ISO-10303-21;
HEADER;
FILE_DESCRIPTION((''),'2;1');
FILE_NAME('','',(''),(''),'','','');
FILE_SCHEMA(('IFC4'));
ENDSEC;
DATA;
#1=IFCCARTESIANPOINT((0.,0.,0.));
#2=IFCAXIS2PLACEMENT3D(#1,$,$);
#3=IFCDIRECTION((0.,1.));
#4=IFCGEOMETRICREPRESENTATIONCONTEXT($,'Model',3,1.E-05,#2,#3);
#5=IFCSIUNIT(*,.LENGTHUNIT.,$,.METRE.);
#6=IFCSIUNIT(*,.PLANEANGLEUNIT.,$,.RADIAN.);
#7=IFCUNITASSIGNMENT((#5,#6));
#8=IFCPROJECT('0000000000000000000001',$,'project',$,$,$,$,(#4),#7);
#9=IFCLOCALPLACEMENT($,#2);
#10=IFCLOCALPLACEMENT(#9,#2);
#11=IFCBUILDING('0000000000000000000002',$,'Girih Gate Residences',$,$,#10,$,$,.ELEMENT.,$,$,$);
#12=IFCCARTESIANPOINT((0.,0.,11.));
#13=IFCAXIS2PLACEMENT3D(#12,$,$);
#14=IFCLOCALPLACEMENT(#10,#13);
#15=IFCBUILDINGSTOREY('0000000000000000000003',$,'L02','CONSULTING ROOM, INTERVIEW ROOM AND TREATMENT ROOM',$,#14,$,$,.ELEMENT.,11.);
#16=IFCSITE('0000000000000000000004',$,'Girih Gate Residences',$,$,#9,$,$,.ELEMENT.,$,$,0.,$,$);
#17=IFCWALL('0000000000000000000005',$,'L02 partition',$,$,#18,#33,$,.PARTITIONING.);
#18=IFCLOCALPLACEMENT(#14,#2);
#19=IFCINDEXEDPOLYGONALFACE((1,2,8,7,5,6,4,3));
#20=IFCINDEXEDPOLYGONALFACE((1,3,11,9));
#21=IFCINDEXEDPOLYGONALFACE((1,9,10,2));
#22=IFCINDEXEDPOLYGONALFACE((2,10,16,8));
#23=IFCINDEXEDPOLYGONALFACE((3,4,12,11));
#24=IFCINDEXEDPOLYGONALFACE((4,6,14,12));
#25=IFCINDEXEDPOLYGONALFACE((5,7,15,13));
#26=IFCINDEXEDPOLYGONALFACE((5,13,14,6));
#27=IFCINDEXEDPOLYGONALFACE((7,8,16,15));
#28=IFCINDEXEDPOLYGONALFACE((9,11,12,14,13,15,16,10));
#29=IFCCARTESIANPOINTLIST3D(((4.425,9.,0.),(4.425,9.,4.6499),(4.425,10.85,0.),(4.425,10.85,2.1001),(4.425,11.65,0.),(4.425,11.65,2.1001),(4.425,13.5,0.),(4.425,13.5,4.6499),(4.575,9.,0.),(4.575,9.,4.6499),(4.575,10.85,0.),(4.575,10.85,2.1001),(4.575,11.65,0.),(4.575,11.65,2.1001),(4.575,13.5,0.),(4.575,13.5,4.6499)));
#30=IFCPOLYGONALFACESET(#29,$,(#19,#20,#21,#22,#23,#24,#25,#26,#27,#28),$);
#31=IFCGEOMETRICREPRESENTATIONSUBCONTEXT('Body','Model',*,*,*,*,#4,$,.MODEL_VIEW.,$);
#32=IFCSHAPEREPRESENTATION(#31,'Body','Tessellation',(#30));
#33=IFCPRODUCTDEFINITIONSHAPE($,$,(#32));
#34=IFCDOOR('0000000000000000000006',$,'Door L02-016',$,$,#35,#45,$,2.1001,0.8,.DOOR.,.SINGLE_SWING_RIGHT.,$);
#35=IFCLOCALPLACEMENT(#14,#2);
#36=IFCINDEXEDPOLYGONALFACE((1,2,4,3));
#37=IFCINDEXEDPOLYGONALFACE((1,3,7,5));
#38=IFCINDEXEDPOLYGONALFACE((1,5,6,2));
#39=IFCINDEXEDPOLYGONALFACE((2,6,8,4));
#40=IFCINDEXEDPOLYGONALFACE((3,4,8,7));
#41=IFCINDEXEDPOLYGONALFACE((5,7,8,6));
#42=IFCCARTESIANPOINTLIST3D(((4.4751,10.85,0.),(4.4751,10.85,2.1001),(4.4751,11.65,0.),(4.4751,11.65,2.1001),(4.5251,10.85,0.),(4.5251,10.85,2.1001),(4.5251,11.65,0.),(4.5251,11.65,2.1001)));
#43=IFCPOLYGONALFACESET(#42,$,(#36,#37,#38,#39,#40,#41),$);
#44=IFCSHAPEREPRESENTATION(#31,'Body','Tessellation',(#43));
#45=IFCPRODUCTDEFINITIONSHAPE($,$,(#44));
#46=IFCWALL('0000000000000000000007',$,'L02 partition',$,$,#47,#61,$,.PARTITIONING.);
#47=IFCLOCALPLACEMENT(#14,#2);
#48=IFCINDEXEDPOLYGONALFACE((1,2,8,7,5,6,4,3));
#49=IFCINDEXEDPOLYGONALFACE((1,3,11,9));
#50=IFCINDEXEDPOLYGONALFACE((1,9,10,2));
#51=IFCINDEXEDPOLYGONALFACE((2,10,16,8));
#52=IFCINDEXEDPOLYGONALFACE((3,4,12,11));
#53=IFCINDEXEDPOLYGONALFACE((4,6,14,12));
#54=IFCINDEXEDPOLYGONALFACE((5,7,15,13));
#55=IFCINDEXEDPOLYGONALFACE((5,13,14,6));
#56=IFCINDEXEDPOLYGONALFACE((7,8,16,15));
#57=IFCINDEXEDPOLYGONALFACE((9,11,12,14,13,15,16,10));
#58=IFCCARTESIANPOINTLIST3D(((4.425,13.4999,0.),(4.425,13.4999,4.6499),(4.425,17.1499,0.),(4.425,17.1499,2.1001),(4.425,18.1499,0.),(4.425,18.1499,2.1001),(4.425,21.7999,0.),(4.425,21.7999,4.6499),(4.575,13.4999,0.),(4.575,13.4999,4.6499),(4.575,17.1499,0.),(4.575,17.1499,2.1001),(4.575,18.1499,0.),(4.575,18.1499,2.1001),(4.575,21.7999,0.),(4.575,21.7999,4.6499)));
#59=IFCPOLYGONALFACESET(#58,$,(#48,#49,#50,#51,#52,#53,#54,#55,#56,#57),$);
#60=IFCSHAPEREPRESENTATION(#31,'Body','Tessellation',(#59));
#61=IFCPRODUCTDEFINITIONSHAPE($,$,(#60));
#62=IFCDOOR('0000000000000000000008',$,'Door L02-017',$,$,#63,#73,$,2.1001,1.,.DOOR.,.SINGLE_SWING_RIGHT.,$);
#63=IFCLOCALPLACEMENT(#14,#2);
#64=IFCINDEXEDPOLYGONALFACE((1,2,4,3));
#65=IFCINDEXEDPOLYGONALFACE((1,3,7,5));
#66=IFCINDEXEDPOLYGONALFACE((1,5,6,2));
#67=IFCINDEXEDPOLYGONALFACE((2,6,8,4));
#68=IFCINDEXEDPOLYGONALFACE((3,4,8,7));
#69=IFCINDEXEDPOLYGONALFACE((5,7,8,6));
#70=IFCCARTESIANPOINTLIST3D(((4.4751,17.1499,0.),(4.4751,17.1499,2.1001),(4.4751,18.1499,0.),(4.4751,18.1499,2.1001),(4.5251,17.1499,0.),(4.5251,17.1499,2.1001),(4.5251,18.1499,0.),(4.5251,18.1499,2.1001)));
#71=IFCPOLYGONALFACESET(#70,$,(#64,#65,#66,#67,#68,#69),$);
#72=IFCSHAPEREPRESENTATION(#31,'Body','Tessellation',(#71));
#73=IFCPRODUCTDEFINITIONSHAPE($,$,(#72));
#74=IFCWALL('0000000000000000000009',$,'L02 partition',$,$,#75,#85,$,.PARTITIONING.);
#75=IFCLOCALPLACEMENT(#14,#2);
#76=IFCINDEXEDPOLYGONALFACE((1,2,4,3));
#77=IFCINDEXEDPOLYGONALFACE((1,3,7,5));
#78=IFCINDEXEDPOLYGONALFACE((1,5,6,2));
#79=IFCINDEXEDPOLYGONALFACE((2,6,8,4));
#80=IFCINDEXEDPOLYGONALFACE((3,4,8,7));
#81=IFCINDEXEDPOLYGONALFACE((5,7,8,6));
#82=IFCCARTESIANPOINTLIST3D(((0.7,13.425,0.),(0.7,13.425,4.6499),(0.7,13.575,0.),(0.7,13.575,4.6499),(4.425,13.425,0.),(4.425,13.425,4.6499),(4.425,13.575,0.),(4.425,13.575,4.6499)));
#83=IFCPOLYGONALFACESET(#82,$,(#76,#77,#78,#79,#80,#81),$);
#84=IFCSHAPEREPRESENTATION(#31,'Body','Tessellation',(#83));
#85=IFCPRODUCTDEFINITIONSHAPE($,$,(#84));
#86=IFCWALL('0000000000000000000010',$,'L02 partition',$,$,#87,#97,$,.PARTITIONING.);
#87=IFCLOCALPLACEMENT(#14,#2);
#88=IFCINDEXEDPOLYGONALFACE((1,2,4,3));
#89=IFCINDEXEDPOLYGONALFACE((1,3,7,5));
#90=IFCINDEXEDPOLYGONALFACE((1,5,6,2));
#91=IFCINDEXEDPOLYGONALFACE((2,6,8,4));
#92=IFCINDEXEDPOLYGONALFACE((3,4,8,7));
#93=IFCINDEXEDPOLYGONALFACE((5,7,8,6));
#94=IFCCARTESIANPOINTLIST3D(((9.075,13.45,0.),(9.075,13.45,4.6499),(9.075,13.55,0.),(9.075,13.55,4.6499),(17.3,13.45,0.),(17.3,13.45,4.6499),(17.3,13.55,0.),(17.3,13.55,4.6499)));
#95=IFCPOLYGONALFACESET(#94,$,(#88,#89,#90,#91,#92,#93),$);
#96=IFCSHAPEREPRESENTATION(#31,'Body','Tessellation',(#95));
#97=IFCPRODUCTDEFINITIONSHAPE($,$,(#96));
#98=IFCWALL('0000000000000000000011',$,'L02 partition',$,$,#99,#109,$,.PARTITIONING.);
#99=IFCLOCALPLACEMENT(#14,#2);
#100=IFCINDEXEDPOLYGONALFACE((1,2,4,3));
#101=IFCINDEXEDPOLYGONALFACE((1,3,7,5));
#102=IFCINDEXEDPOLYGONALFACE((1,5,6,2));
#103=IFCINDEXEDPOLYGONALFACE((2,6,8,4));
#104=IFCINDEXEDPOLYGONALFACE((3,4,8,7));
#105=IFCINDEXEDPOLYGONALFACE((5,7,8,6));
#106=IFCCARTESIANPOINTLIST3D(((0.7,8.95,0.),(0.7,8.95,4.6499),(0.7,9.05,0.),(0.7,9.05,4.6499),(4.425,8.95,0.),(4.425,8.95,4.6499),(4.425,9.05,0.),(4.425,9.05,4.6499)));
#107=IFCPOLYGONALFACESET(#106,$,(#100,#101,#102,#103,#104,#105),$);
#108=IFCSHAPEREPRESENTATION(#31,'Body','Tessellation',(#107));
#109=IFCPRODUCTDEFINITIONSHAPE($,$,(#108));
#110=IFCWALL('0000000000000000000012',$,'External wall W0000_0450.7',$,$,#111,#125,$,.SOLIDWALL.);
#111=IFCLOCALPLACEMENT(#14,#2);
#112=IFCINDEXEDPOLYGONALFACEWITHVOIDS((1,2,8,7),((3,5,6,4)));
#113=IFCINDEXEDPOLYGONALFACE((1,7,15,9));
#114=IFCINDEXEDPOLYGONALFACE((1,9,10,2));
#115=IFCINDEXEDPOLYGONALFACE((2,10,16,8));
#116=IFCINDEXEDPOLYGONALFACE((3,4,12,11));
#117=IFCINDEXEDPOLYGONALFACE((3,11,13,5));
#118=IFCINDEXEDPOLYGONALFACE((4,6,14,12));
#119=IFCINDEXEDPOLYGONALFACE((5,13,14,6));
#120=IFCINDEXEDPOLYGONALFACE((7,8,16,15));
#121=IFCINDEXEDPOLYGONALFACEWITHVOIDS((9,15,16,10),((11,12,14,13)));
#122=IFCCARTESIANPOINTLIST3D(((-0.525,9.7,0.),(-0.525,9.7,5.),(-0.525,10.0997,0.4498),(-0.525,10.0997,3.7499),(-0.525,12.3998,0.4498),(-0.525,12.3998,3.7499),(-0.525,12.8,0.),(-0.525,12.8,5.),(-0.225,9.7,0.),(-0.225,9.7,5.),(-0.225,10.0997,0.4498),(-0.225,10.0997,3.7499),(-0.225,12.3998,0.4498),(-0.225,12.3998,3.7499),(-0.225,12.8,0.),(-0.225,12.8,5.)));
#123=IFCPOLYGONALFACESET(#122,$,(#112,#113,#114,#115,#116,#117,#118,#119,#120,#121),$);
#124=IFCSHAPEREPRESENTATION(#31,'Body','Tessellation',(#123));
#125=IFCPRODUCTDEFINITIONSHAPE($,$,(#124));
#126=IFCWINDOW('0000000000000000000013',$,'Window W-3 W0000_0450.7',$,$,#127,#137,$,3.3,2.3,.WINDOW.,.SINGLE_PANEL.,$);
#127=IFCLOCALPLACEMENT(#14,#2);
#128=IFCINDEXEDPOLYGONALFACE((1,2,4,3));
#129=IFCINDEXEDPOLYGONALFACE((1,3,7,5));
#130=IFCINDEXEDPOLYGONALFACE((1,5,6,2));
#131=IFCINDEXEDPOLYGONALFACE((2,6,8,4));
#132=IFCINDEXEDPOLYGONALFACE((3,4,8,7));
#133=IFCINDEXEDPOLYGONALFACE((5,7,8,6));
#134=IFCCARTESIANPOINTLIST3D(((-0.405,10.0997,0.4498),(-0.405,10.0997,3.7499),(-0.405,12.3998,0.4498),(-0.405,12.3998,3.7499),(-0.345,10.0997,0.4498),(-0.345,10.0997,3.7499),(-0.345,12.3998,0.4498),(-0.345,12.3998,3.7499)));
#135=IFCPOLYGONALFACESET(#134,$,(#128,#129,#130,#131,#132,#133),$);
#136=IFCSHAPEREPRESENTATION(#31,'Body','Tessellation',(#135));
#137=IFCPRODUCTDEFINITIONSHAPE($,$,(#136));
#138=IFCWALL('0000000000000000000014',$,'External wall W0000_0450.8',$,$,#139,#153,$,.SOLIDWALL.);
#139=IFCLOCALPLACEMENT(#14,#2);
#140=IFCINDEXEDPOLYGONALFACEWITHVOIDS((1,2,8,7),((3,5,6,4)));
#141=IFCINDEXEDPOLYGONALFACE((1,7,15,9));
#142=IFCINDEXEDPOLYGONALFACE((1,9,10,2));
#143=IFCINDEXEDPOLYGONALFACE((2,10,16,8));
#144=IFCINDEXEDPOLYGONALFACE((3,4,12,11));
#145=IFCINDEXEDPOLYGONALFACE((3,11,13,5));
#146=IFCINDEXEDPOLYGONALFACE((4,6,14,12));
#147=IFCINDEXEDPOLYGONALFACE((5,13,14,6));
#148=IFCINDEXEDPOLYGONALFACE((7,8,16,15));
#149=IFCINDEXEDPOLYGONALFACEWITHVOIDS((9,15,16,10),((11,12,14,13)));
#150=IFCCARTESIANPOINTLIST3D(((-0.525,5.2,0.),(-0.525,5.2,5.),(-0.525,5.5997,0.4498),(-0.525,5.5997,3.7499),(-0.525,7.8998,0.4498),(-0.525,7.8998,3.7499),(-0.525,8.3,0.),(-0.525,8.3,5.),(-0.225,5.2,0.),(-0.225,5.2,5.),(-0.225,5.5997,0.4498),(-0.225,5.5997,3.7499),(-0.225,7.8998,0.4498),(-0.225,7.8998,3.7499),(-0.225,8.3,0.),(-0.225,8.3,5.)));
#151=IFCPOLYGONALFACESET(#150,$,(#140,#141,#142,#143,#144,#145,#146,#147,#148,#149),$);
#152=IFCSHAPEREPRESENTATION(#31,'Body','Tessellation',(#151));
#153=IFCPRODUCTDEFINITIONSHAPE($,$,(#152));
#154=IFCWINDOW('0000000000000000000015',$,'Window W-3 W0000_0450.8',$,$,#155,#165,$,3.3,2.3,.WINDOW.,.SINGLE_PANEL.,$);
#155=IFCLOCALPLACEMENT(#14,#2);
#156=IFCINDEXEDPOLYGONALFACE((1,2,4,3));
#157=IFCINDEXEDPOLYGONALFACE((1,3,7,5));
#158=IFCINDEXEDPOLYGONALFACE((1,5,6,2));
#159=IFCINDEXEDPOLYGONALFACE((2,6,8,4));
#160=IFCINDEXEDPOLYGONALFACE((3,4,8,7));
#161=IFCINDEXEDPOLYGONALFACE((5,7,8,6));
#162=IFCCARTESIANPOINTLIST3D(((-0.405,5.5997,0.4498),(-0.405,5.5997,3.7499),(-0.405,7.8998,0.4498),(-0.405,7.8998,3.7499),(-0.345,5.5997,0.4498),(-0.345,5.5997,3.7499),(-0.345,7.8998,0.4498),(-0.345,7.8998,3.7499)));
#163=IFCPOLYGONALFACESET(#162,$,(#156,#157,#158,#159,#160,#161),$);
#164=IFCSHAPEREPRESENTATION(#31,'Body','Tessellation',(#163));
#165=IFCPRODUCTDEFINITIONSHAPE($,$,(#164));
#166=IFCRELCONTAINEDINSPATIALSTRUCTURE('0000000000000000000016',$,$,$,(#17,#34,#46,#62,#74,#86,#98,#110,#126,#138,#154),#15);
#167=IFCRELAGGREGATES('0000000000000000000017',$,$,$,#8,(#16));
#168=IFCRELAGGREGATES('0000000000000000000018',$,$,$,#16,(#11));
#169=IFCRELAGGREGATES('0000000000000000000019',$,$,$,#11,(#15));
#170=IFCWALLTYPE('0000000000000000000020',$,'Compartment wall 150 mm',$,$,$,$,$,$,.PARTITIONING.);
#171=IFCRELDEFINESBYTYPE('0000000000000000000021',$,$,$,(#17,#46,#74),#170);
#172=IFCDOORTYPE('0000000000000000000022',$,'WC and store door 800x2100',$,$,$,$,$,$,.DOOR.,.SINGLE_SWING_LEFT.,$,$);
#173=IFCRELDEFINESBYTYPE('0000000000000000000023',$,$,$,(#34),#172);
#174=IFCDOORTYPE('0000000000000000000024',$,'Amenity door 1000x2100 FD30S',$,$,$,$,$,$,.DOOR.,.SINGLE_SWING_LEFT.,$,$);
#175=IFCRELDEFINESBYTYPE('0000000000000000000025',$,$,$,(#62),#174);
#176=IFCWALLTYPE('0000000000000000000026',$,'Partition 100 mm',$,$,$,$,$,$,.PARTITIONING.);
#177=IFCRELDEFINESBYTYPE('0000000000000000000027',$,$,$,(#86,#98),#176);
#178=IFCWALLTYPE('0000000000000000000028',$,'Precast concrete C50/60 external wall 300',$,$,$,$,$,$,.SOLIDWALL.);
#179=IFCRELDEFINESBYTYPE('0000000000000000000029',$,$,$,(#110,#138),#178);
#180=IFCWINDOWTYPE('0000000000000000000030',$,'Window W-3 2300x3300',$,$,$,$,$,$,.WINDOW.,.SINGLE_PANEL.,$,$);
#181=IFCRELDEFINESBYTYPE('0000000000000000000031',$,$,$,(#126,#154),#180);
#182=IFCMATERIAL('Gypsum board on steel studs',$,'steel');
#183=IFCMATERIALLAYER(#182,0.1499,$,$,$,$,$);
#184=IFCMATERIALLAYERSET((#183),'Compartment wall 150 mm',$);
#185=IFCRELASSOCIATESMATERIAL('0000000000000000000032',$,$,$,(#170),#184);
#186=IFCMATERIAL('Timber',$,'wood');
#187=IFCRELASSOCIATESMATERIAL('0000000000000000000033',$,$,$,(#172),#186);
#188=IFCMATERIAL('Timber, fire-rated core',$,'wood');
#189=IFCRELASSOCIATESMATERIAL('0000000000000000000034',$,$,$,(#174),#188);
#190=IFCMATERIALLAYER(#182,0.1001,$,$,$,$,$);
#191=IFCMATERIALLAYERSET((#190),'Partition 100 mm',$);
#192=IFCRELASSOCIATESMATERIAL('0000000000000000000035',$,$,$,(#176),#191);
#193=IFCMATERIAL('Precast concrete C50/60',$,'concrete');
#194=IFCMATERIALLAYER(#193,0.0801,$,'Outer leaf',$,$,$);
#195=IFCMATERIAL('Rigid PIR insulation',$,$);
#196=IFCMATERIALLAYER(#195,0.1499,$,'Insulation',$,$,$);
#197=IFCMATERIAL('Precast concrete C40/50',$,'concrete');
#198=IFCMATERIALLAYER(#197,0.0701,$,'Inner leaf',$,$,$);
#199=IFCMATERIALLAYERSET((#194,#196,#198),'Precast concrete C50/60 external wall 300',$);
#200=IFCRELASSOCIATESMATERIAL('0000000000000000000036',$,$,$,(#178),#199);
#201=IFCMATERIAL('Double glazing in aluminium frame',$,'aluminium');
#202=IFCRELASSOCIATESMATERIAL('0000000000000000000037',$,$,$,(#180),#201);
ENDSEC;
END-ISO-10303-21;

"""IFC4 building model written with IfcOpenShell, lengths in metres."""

from ifc_helpers import new_model, si_unit, direction, frame, frame_2d, origin, place, context, subcontext, project, spatial, rectangle, extrude, material, layer, layer_set, type_object, element, fill, save


model = new_model("IFC4")

# Units and contexts
model_context = context("Model", 3, precision=1e-05, world=origin(), true_north=direction((0.0, 1.0)))
body_context = subcontext(model_context, "Body", "Model", "MODEL_VIEW")
ifc_project = project(units=[si_unit("LENGTHUNIT", "METRE"), si_unit("PLANEANGLEUNIT", "RADIAN")], contexts=[model_context])

# Site, building, storey
site_placement = place(None, origin())
site = spatial("IfcSite", under=ifc_project, at=site_placement, Name="Girih Gate Residences", CompositionType="ELEMENT", RefElevation=0.0)
building_placement = place(site_placement, origin())
building = spatial("IfcBuilding", under=site, at=building_placement, Name="Girih Gate Residences", CompositionType="ELEMENT")
storey_placement = place(building_placement, frame((0.0, 0.0, 11.0)))
storey = spatial("IfcBuildingStorey", under=building, at=storey_placement, Name="L02", Description="CONSULTING ROOM, INTERVIEW ROOM AND TREATMENT ROOM", CompositionType="ELEMENT", Elevation=11.0)

# Walls, openings, doors
ifc_material_1 = material(Name="Gypsum board on steel studs", Category="steel")
ifc_layer_1 = layer(ifc_material_1, 0.1499)
ifc_layer_set_1 = layer_set([ifc_layer_1], Name="Compartment wall 150 mm")
wall_type_1 = type_object("IfcWallType", Name="Compartment wall 150 mm", PredefinedType="PARTITIONING", material=ifc_layer_set_1)
ifc_material_2 = material(Name="Timber, fire-rated core", Category="wood")
wall_1_placement = place(storey_placement, frame((4.5, 9.0, 0.0), z_axis=(0.0, 0.0, 1.0), x_axis=(0.0, 1.0, 0.0)))
wall_1 = element("IfcWall", 1, at=wall_1_placement, inside=storey, type_object=wall_type_1, Name="L02 partition", PredefinedType="PARTITIONING", context=body_context, shape_type="SweptSolid", body=[
    extrude(rectangle(XDim=4.5, YDim=0.1499, at=frame_2d((2.25, 0.0))), origin(), (0.0, 0.0, 1.0), 4.6499),
])
opening_1_placement = place(wall_1_placement, frame((1.8501, 0.0, 0.0)))
opening_1 = element("IfcOpeningElement", 2, at=opening_1_placement, cuts=wall_1, PredefinedType="OPENING", context=body_context, shape_type="SweptSolid", body=[
    extrude(rectangle(XDim=0.8, YDim=2.1001, at=frame_2d((0.3999, 1.05))), frame((0.0, 0.085, 0.0), z_axis=(0.0, -1.0, 0.0), x_axis=(1.0, 0.0, 0.0)), (0.0, 0.0, 1.0), 0.1699),
])
ifc_material_3 = material(Name="Timber", Category="wood")
door_type_1 = type_object("IfcDoorType", Name="WC and store door 800x2100", OperationType="SINGLE_SWING_LEFT", PredefinedType="DOOR", material=ifc_material_3)
door_1_placement = place(opening_1_placement, origin())
door_1 = element("IfcDoor", 3, at=door_1_placement, inside=storey, type_object=door_type_1, Name="Door L02-016", OperationType="SINGLE_SWING_RIGHT", OverallHeight=2.1001, OverallWidth=0.8, PredefinedType="DOOR", context=body_context, shape_type="SweptSolid", body=[
    extrude(rectangle(XDim=0.8, YDim=2.1001, at=frame_2d((0.3999, 1.05))), frame((0.0, 0.0249, 0.0), z_axis=(0.0, -1.0, 0.0), x_axis=(1.0, 0.0, 0.0)), (0.0, 0.0, 1.0), 0.05),
])
fill(opening_1, door_1)
wall_2_placement = place(storey_placement, frame((4.5, 13.5, 0.0), z_axis=(0.0, 0.0, 1.0), x_axis=(0.0, 1.0, 0.0)))
wall_2 = element("IfcWall", 4, at=wall_2_placement, inside=storey, type_object=wall_type_1, Name="L02 partition", PredefinedType="PARTITIONING", context=body_context, shape_type="SweptSolid", body=[
    extrude(rectangle(XDim=8.3, YDim=0.1499, at=frame_2d((4.1499, 0.0))), origin(), (0.0, 0.0, 1.0), 4.6499),
])
opening_2_placement = place(wall_2_placement, frame((3.6499, 0.0, 0.0)))
opening_2 = element("IfcOpeningElement", 5, at=opening_2_placement, cuts=wall_2, PredefinedType="OPENING", context=body_context, shape_type="SweptSolid", body=[
    extrude(rectangle(XDim=1.0, YDim=2.1001, at=frame_2d((0.5, 1.05))), frame((0.0, 0.085, 0.0), z_axis=(0.0, -1.0, 0.0), x_axis=(1.0, 0.0, 0.0)), (0.0, 0.0, 1.0), 0.1699),
])
door_type_2 = type_object("IfcDoorType", Name="Amenity door 1000x2100 FD30S", OperationType="SINGLE_SWING_LEFT", PredefinedType="DOOR", material=ifc_material_2)
door_2_placement = place(opening_2_placement, origin())
door_2 = element("IfcDoor", 6, at=door_2_placement, inside=storey, type_object=door_type_2, Name="Door L02-017", OperationType="SINGLE_SWING_RIGHT", OverallHeight=2.1001, OverallWidth=1.0, PredefinedType="DOOR", context=body_context, shape_type="SweptSolid", body=[
    extrude(rectangle(XDim=1.0, YDim=2.1001, at=frame_2d((0.5, 1.05))), frame((0.0, 0.0249, 0.0), z_axis=(0.0, -1.0, 0.0), x_axis=(1.0, 0.0, 0.0)), (0.0, 0.0, 1.0), 0.05),
])
fill(opening_2, door_2)

# Walls
wall_3_placement = place(storey_placement, frame((0.7, 13.5, 0.0), z_axis=(0.0, 0.0, 1.0), x_axis=(1.0, 0.0, 0.0)))
element("IfcWall", 7, at=wall_3_placement, inside=storey, type_object=wall_type_1, Name="L02 partition", PredefinedType="PARTITIONING", context=body_context, shape_type="SweptSolid", body=[
    extrude(rectangle(XDim=3.7251, YDim=0.1499, at=frame_2d((1.8625, 0.0))), origin(), (0.0, 0.0, 1.0), 4.6499),
])
ifc_layer_2 = layer(ifc_material_1, 0.1001)
ifc_layer_set_2 = layer_set([ifc_layer_2], Name="Partition 100 mm")
wall_type_2 = type_object("IfcWallType", Name="Partition 100 mm", PredefinedType="PARTITIONING", material=ifc_layer_set_2)
wall_4_placement = place(storey_placement, frame((9.075, 13.5, 0.0), z_axis=(0.0, 0.0, 1.0), x_axis=(1.0, 0.0, 0.0)))
element("IfcWall", 8, at=wall_4_placement, inside=storey, type_object=wall_type_2, Name="L02 partition", PredefinedType="PARTITIONING", context=body_context, shape_type="SweptSolid", body=[
    extrude(rectangle(XDim=8.2251, YDim=0.1001, at=frame_2d((4.1125, 0.0))), origin(), (0.0, 0.0, 1.0), 4.6499),
])
wall_5_placement = place(storey_placement, frame((0.7, 9.0, 0.0), z_axis=(0.0, 0.0, 1.0), x_axis=(1.0, 0.0, 0.0)))
element("IfcWall", 9, at=wall_5_placement, inside=storey, type_object=wall_type_2, Name="L02 partition", PredefinedType="PARTITIONING", context=body_context, shape_type="SweptSolid", body=[
    extrude(rectangle(XDim=3.7251, YDim=0.1001, at=frame_2d((1.8625, 0.0))), origin(), (0.0, 0.0, 1.0), 4.6499),
])

# Walls, openings, windows
ifc_material_4 = material(Name="Precast concrete C50/60", Category="concrete")
ifc_layer_3 = layer(ifc_material_4, 0.0801, Name="Outer leaf")
ifc_material_5 = material(Name="Rigid PIR insulation")
ifc_layer_4 = layer(ifc_material_5, 0.1499, Name="Insulation")
ifc_material_6 = material(Name="Precast concrete C40/50", Category="concrete")
ifc_layer_5 = layer(ifc_material_6, 0.0701, Name="Inner leaf")
ifc_layer_set_3 = layer_set([ifc_layer_3, ifc_layer_4, ifc_layer_5], Name="Precast concrete C50/60 external wall 300")
wall_type_3 = type_object("IfcWallType", Name="Precast concrete C50/60 external wall 300", PredefinedType="SOLIDWALL", material=ifc_layer_set_3)
wall_6_placement = place(storey_placement, frame((-0.375, 9.7, 0.0), z_axis=(0.0, 0.0, 1.0), x_axis=(0.0, 1.0, 0.0)))
wall_6 = element("IfcWall", 10, at=wall_6_placement, inside=storey, type_object=wall_type_3, Name="External wall W0000_0450.7", PredefinedType="SOLIDWALL", context=body_context, shape_type="SweptSolid", body=[
    extrude(rectangle(XDim=3.1001, YDim=0.3, at=frame_2d((1.55, 0.0))), origin(), (0.0, 0.0, 1.0), 5.0),
])
opening_3_placement = place(wall_6_placement, frame((0.3999, 0.0, 0.45)))
opening_3 = element("IfcOpeningElement", 11, at=opening_3_placement, cuts=wall_6, PredefinedType="OPENING", context=body_context, shape_type="SweptSolid", body=[
    extrude(rectangle(XDim=2.3, YDim=3.3, at=frame_2d((1.1499, 1.6499))), frame((0.0, 0.1599, 0.0), z_axis=(0.0, -1.0, 0.0), x_axis=(1.0, 0.0, 0.0)), (0.0, 0.0, 1.0), 0.3201),
])
ifc_material_7 = material(Name="Double glazing in aluminium frame", Category="aluminium")
window_type = type_object("IfcWindowType", Name="Window W-3 2300x3300", PartitioningType="SINGLE_PANEL", PredefinedType="WINDOW", material=ifc_material_7)
window_1_placement = place(opening_3_placement, origin())
window_1 = element("IfcWindow", 12, at=window_1_placement, inside=storey, type_object=window_type, Name="Window W-3 W0000_0450.7", OverallHeight=3.3, OverallWidth=2.3, PartitioningType="SINGLE_PANEL", PredefinedType="WINDOW", context=body_context, shape_type="SweptSolid", body=[
    extrude(rectangle(XDim=2.3, YDim=3.3, at=frame_2d((1.1499, 1.6499))), frame((0.0, 0.03, 0.0), z_axis=(0.0, -1.0, 0.0), x_axis=(1.0, 0.0, 0.0)), (0.0, 0.0, 1.0), 0.0601),
])
fill(opening_3, window_1)
wall_7_placement = place(storey_placement, frame((-0.375, 5.2, 0.0), z_axis=(0.0, 0.0, 1.0), x_axis=(0.0, 1.0, 0.0)))
wall_7 = element("IfcWall", 13, at=wall_7_placement, inside=storey, type_object=wall_type_3, Name="External wall W0000_0450.8", PredefinedType="SOLIDWALL", context=body_context, shape_type="SweptSolid", body=[
    extrude(rectangle(XDim=3.1001, YDim=0.3, at=frame_2d((1.55, 0.0))), origin(), (0.0, 0.0, 1.0), 5.0),
])
opening_4_placement = place(wall_7_placement, frame((0.3999, 0.0, 0.45)))
opening_4 = element("IfcOpeningElement", 14, at=opening_4_placement, cuts=wall_7, PredefinedType="OPENING", context=body_context, shape_type="SweptSolid", body=[
    extrude(rectangle(XDim=2.3, YDim=3.3, at=frame_2d((1.1499, 1.6499))), frame((0.0, 0.1599, 0.0), z_axis=(0.0, -1.0, 0.0), x_axis=(1.0, 0.0, 0.0)), (0.0, 0.0, 1.0), 0.3201),
])
window_2_placement = place(opening_4_placement, origin())
window_2 = element("IfcWindow", 15, at=window_2_placement, inside=storey, type_object=window_type, Name="Window W-3 W0000_0450.8", OverallHeight=3.3, OverallWidth=2.3, PartitioningType="SINGLE_PANEL", PredefinedType="WINDOW", context=body_context, shape_type="SweptSolid", body=[
    extrude(rectangle(XDim=2.3, YDim=3.3, at=frame_2d((1.1499, 1.6499))), frame((0.0, 0.03, 0.0), z_axis=(0.0, -1.0, 0.0), x_axis=(1.0, 0.0, 0.0)), (0.0, 0.0, 1.0), 0.0601),
])
fill(opening_4, window_2)

save(model, "model.ifc")
